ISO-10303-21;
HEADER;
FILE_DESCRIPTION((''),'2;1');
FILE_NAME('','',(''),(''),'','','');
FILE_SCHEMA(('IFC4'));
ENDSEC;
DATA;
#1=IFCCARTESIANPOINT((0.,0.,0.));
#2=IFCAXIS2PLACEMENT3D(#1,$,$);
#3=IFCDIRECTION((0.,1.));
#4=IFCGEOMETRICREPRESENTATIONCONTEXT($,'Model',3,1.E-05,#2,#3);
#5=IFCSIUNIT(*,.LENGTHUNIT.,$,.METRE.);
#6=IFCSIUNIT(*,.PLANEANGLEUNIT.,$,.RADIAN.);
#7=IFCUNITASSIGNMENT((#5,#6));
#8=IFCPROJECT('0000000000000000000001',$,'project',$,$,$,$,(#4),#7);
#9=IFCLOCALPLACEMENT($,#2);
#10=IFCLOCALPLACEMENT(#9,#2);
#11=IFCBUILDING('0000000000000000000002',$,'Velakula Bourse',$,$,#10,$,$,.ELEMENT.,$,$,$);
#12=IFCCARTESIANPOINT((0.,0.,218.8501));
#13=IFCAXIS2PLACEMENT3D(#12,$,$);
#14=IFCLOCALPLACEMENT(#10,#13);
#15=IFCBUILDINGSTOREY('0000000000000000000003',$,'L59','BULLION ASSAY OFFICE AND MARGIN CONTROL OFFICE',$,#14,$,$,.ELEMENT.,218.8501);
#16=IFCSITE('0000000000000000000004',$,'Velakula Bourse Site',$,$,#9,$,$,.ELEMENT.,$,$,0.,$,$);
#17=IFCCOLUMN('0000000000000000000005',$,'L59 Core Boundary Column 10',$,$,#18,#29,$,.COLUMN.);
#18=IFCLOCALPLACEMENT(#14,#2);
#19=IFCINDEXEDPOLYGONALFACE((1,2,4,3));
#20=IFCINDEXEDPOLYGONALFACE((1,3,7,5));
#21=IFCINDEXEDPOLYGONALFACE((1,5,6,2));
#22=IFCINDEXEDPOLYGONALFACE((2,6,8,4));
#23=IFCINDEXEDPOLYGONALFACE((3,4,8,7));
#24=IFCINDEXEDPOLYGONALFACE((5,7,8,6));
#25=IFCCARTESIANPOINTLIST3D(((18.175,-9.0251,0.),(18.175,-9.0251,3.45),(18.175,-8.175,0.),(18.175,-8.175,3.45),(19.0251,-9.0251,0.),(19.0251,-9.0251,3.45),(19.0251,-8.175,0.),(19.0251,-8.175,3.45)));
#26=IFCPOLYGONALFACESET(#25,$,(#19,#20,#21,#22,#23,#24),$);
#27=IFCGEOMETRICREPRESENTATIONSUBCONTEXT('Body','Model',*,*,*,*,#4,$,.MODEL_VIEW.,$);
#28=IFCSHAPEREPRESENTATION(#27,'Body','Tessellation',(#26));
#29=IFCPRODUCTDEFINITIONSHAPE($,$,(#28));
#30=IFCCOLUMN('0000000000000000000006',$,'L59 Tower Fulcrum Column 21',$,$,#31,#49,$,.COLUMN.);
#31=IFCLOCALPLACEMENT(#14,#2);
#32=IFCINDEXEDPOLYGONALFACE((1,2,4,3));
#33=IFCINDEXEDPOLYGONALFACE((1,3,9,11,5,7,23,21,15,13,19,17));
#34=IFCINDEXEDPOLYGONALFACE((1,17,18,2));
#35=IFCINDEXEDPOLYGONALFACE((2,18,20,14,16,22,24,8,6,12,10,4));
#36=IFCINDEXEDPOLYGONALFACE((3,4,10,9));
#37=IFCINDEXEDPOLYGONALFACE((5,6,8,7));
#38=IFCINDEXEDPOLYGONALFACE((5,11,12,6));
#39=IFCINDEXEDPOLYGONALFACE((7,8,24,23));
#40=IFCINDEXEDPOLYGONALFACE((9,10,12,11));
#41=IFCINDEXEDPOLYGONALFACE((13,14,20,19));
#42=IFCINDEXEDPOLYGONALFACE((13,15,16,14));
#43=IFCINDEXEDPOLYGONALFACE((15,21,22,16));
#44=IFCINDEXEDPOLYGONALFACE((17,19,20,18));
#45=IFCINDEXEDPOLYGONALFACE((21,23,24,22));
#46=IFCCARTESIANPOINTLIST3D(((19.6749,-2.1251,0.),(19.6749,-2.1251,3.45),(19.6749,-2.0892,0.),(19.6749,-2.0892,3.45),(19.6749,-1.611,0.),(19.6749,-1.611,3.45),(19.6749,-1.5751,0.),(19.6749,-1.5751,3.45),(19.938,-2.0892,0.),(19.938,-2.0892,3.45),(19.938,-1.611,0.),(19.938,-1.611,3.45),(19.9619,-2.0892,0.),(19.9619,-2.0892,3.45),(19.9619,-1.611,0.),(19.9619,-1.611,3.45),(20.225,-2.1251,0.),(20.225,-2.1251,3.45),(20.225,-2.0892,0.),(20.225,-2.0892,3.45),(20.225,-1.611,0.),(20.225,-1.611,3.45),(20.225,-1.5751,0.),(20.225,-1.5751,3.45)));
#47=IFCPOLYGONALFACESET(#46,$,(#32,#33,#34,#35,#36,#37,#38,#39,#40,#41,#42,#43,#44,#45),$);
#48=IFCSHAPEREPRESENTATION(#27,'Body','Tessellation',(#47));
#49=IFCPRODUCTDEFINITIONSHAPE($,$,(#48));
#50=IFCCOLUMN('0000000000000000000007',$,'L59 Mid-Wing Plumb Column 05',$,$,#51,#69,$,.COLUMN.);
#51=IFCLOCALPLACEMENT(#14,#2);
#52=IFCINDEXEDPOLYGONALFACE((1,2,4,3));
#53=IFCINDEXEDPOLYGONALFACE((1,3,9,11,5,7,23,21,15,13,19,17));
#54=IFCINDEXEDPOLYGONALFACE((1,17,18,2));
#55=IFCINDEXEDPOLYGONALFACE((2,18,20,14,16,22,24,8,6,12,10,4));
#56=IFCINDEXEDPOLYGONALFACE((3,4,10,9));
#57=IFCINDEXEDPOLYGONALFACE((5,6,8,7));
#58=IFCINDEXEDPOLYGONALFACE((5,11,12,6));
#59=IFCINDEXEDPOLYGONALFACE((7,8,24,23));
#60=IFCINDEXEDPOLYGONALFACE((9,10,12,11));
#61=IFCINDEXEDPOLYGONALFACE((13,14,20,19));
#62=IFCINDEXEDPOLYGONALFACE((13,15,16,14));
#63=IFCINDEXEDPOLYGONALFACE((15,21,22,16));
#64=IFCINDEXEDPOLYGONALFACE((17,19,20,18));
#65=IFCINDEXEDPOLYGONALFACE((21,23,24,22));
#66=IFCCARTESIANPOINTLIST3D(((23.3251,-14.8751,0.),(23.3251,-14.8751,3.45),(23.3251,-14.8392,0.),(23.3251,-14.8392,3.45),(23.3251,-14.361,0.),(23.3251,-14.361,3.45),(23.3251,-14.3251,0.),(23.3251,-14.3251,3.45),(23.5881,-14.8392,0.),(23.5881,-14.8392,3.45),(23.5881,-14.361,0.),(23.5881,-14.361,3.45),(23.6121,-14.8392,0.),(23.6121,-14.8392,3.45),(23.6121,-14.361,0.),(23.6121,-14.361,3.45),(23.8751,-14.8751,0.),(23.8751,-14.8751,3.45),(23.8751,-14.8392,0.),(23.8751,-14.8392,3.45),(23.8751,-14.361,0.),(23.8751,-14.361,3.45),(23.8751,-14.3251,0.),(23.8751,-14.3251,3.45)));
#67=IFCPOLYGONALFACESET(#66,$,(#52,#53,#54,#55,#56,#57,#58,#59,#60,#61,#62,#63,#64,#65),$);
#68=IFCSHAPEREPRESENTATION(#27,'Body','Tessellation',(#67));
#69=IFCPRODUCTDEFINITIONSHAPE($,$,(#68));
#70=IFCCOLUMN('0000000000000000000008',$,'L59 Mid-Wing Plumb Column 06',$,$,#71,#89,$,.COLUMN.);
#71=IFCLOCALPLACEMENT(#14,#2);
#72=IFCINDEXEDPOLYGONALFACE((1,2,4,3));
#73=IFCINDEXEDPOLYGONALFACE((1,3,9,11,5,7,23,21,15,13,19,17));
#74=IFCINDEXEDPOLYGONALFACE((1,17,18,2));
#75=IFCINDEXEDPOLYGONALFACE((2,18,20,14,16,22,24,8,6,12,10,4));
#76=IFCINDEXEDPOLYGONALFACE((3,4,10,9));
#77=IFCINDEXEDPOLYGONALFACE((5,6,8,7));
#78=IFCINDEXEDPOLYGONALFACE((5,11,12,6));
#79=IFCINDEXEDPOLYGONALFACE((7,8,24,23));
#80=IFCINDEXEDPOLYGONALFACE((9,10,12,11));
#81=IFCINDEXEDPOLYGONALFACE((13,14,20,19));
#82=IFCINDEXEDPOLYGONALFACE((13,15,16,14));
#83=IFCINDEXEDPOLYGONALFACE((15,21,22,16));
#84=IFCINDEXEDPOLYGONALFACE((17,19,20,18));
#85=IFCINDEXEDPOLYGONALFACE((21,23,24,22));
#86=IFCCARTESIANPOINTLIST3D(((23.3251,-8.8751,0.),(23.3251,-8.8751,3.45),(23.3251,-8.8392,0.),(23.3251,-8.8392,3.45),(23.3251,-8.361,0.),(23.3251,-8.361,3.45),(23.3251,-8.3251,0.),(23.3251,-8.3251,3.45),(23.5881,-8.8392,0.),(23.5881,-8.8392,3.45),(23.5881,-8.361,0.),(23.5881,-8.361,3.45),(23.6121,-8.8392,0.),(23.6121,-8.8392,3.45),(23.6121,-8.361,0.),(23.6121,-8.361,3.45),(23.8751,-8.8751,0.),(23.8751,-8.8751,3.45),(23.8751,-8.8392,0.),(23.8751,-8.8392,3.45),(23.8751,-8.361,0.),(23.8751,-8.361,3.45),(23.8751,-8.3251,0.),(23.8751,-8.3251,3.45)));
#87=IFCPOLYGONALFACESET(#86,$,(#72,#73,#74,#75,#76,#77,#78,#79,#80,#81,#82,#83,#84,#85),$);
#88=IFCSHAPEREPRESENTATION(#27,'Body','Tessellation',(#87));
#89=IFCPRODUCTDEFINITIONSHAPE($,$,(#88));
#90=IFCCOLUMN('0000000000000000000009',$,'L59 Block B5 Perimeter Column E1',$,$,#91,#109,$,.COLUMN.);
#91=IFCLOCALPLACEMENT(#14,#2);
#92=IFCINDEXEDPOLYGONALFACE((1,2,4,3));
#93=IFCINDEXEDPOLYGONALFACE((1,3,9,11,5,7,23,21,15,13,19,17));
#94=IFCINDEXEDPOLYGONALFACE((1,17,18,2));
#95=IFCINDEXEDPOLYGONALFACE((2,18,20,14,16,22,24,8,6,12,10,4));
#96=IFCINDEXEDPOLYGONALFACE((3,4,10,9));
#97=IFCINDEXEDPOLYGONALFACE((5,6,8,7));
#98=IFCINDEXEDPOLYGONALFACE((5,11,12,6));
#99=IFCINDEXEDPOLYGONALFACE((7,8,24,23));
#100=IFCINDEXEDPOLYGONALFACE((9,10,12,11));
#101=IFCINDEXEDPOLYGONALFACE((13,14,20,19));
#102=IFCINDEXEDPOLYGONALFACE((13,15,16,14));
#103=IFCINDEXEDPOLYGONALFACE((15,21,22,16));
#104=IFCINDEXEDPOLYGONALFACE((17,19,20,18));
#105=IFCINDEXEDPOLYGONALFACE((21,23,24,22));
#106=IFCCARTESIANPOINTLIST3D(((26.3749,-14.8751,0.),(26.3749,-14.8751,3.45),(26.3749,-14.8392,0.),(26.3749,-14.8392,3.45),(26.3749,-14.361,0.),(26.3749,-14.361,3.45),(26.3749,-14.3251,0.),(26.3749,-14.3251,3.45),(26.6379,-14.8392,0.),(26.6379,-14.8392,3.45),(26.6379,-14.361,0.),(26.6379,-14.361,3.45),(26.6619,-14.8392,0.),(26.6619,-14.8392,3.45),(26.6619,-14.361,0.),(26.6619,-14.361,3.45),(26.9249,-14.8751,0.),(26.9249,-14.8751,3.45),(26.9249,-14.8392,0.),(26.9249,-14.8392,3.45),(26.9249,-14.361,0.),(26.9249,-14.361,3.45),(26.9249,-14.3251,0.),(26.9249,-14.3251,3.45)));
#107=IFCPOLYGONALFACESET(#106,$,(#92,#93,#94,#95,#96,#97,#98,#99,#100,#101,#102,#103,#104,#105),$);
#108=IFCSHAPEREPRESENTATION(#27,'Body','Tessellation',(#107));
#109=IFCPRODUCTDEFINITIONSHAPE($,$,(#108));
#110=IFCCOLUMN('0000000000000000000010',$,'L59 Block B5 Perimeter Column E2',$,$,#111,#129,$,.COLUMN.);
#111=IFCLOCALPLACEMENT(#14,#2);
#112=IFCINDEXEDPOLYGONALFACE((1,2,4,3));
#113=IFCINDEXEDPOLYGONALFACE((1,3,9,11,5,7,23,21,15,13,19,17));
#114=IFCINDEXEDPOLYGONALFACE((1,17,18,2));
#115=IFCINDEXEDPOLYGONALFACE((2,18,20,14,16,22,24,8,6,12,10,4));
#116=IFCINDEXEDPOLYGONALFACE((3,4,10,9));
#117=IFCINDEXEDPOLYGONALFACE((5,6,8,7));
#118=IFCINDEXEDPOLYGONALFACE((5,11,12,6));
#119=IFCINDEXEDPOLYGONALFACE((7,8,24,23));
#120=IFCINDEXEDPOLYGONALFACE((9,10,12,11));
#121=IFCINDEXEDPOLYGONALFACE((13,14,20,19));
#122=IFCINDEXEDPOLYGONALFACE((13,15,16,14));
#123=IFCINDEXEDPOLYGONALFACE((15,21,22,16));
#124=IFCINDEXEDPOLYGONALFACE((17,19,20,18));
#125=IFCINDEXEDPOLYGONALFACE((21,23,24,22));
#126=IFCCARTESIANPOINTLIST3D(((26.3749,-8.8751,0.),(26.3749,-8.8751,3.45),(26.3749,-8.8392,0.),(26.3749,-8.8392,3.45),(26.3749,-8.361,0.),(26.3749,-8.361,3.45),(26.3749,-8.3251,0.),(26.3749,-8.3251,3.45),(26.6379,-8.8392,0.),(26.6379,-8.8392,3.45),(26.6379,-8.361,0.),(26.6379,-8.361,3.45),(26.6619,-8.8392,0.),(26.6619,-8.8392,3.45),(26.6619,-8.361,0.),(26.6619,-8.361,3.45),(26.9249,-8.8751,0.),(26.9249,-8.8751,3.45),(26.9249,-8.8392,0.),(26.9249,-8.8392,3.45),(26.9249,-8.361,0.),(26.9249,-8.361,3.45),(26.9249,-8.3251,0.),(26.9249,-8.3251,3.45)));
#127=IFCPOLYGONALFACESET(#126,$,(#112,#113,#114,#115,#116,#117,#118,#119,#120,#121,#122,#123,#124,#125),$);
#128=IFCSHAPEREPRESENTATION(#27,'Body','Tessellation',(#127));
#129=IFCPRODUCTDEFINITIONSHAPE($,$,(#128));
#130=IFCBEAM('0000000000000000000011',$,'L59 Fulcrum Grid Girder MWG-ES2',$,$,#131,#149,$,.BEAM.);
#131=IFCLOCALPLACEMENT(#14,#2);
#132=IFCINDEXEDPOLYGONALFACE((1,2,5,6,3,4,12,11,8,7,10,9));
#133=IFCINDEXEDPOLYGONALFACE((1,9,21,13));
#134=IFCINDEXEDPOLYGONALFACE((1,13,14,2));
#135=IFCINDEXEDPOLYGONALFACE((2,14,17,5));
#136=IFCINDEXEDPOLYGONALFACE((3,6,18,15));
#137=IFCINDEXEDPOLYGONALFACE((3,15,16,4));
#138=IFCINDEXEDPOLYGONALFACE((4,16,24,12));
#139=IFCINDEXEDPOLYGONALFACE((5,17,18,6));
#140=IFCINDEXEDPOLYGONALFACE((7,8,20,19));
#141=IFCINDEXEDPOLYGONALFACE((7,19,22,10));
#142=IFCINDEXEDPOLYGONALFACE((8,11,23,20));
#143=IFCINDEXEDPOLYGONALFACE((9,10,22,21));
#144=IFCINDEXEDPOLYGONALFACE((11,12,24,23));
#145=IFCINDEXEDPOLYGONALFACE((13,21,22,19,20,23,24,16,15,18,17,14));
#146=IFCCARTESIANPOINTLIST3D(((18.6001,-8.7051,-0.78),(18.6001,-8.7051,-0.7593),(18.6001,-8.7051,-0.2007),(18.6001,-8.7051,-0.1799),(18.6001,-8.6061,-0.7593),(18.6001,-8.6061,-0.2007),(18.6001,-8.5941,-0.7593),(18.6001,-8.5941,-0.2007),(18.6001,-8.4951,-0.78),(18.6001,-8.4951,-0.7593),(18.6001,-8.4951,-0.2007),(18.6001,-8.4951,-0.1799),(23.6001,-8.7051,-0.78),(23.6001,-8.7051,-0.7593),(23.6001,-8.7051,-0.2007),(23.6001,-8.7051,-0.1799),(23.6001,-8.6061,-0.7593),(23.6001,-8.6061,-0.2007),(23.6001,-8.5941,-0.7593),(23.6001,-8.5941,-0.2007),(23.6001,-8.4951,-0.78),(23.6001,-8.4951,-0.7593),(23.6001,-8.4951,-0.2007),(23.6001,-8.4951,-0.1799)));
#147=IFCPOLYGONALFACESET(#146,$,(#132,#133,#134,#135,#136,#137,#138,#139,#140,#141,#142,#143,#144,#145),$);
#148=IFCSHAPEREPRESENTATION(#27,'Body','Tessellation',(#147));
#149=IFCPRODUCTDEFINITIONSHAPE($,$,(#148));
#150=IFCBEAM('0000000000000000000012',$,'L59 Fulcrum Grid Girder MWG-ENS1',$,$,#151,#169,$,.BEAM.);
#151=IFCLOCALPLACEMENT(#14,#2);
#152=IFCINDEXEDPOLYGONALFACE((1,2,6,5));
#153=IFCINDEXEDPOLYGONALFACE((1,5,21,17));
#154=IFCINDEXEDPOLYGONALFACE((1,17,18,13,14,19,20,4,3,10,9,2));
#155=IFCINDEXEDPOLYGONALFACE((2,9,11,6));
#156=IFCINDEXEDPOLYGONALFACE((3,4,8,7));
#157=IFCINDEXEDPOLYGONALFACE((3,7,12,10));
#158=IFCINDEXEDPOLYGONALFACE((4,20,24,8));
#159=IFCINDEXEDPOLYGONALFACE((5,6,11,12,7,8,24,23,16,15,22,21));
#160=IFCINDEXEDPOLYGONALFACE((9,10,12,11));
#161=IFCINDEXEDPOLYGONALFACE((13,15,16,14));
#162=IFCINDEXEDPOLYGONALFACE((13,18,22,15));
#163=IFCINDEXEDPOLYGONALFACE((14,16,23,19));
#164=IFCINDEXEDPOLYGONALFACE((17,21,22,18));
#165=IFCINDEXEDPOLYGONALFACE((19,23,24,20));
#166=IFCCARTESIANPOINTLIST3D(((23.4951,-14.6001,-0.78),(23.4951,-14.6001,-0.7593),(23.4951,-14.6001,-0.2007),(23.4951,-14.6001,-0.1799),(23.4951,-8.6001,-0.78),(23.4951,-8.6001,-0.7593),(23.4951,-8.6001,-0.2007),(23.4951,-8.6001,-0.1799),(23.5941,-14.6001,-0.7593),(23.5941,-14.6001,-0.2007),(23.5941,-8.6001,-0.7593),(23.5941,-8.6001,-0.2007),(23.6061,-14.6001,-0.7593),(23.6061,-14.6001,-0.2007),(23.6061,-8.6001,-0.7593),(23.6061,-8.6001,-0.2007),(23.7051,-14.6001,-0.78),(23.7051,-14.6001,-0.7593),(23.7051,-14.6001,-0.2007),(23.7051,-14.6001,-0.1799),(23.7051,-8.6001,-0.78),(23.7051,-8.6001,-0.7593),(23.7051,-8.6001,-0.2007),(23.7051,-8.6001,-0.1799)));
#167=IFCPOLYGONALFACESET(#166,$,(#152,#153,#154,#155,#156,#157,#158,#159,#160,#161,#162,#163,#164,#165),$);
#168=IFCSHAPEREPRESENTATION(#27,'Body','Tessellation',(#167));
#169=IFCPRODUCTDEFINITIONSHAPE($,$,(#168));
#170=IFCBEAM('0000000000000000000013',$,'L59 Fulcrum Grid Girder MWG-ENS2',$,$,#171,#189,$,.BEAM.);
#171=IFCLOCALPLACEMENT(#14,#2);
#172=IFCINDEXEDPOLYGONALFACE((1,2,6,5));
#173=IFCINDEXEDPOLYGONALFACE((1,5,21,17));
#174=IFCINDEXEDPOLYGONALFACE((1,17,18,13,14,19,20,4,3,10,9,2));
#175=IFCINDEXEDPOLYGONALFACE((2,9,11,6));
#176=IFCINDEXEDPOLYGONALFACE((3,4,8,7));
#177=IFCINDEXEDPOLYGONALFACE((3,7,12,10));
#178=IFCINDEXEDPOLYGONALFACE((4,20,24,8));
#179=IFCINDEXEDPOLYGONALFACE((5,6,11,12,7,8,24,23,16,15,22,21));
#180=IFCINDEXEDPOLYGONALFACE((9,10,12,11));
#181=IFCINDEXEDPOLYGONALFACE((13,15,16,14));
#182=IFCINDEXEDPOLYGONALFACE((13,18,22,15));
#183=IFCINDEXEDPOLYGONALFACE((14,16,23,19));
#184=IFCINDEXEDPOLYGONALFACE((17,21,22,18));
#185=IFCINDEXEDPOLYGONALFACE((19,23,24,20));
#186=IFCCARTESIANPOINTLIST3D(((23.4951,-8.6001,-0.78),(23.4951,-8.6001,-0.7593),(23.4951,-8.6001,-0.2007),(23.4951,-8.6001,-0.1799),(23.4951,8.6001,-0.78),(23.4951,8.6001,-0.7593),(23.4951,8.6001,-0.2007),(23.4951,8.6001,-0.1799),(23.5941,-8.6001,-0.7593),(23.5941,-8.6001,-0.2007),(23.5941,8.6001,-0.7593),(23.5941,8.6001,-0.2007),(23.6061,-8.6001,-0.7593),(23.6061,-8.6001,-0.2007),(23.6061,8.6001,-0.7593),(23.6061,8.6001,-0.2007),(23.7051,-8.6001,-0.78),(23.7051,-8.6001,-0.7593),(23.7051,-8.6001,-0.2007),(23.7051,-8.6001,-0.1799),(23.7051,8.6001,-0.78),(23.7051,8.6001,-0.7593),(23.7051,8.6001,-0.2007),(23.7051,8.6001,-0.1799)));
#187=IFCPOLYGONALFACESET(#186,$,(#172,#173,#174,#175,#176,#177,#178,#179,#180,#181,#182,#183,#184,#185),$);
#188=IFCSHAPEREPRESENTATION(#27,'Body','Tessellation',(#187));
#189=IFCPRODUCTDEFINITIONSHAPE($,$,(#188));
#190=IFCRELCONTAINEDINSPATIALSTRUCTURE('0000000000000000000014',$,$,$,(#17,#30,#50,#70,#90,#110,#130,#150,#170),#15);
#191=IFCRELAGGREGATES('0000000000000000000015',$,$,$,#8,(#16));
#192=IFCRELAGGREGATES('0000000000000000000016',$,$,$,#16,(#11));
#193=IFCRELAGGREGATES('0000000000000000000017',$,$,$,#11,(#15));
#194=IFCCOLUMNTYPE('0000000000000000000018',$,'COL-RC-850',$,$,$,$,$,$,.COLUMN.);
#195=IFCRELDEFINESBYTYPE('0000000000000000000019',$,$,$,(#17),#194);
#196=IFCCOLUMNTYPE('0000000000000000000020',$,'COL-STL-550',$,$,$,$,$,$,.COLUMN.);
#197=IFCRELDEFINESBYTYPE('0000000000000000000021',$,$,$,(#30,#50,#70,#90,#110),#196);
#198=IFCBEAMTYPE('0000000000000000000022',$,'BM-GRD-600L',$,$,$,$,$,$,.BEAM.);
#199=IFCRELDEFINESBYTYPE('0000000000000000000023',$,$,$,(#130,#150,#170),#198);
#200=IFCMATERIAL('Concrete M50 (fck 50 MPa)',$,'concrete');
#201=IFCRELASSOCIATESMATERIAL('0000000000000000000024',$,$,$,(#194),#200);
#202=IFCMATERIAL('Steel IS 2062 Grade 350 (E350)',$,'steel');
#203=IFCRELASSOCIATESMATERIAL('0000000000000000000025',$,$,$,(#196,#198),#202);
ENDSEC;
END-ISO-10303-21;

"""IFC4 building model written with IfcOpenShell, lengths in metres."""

from ifc_helpers import new_model, si_unit, direction, frame, origin, origin_2d, place, context, subcontext, project, spatial, rectangle, i_section, extrude, material, material_profile, profile_set, type_object, element, save


model = new_model("IFC4")

# Units and contexts
model_context = context("Model", 3, precision=1e-05, world=origin(), true_north=direction((0.0, 1.0)))
body_context = subcontext(model_context, "Body", "Model", "MODEL_VIEW")
ifc_project = project(units=[si_unit("LENGTHUNIT", "METRE"), si_unit("PLANEANGLEUNIT", "RADIAN")], contexts=[model_context])

# Site, building, storey
site_placement = place(None, origin())
site = spatial("IfcSite", under=ifc_project, at=site_placement, Name="Velakula Bourse Site", CompositionType="ELEMENT", RefElevation=0.0)
building_placement = place(site_placement, origin())
building = spatial("IfcBuilding", under=site, at=building_placement, Name="Velakula Bourse", CompositionType="ELEMENT")
storey_placement = place(building_placement, frame((0.0, 0.0, 218.8501)))
storey = spatial("IfcBuildingStorey", under=building, at=storey_placement, Name="L59", Description="BULLION ASSAY OFFICE AND MARGIN CONTROL OFFICE", CompositionType="ELEMENT", Elevation=218.8501)

# Columns
ifc_material_1 = material(Name="Concrete M50 (fck 50 MPa)", Category="concrete")
ifc_material_profile_1 = material_profile(ifc_material_1, rectangle(XDim=0.8501, YDim=0.8501, at=origin_2d()), Name="Concrete M50 (fck 50 MPa)")
ifc_profile_set_1 = profile_set([ifc_material_profile_1], Name="Concrete M50 (fck 50 MPa)")
column_type_1 = type_object("IfcColumnType", Name="COL-RC-850", PredefinedType="COLUMN", material=ifc_profile_set_1)
column_placement = place(storey_placement, frame((18.6001, -8.6001, 0.0), z_axis=(0.0, 0.0, 1.0), x_axis=(1.0, 0.0, 0.0)))
element("IfcColumn", 1, at=column_placement, inside=storey, type_object=column_type_1, Name="L59 Core Boundary Column 10", PredefinedType="COLUMN", context=body_context, shape_type="SweptSolid", body=[
    extrude(rectangle(XDim=0.8501, YDim=0.8501, at=origin_2d()), origin(), (0.0, 0.0, 1.0), 3.45),
])
ifc_material_2 = material(Name="Steel IS 2062 Grade 350 (E350)", Category="steel")
ifc_material_profile_2 = material_profile(ifc_material_2, i_section(OverallWidth=0.55, OverallDepth=0.55, WebThickness=0.0239, FlangeThickness=0.0359, at=origin_2d()), Name="Steel IS 2062 Grade 350 (E350)")
ifc_profile_set_2 = profile_set([ifc_material_profile_2], Name="Steel IS 2062 Grade 350 (E350)")
column_type_2 = type_object("IfcColumnType", Name="COL-STL-550", PredefinedType="COLUMN", material=ifc_profile_set_2)
for number, where, z_axis, x_axis, name in (
    (2, (19.95, -1.8501, 0.0), (0.0, 0.0, 1.0), (1.0, 0.0, 0.0), "L59 Tower Fulcrum Column 21"),
    (3, (23.6001, -14.6001, 0.0), (0.0, 0.0, 1.0), (1.0, 0.0, 0.0), "L59 Mid-Wing Plumb Column 05"),
    (4, (23.6001, -8.6001, 0.0), (0.0, 0.0, 1.0), (1.0, 0.0, 0.0), "L59 Mid-Wing Plumb Column 06"),
    (5, (26.6499, -14.6001, 0.0), (0.0, 0.0, 1.0), (1.0, 0.0, 0.0), "L59 Block B5 Perimeter Column E1"),
    (6, (26.6499, -8.6001, 0.0), (0.0, 0.0, 1.0), (1.0, 0.0, 0.0), "L59 Block B5 Perimeter Column E2"),
):
    element("IfcColumn", number, at=place(storey_placement, frame(where, z_axis=z_axis, x_axis=x_axis)), inside=storey, type_object=column_type_2, Name=name, PredefinedType="COLUMN", context=body_context, shape_type="SweptSolid", body=[
        extrude(i_section(OverallWidth=0.55, OverallDepth=0.55, WebThickness=0.0239, FlangeThickness=0.0359, at=origin_2d()), origin(), (0.0, 0.0, 1.0), 3.45),
    ])

# Beams
ifc_material_profile_3 = material_profile(ifc_material_2, i_section(OverallWidth=0.21, OverallDepth=0.6001, WebThickness=0.012, FlangeThickness=0.0208, at=origin_2d()), Name="Steel IS 2062 Grade 350 (E350)")
ifc_profile_set_3 = profile_set([ifc_material_profile_3], Name="Steel IS 2062 Grade 350 (E350)")
beam_type_1 = type_object("IfcBeamType", Name="BM-GRD-600L", PredefinedType="BEAM", material=ifc_profile_set_3)
beam_1_placement = place(storey_placement, frame((18.6001, -8.6001, -0.48), z_axis=(1.0, 0.0, 0.0), x_axis=(0.0, 1.0, 0.0)))
element("IfcBeam", 7, at=beam_1_placement, inside=storey, type_object=beam_type_1, Name="L59 Fulcrum Grid Girder MWG-ES2", PredefinedType="BEAM", context=body_context, shape_type="SweptSolid", body=[
    extrude(i_section(OverallWidth=0.21, OverallDepth=0.6001, WebThickness=0.012, FlangeThickness=0.0208, at=origin_2d()), origin(), (0.0, 0.0, 1.0), 5.0),
])
beam_2_placement = place(storey_placement, frame((23.6001, -14.6001, -0.48), z_axis=(0.0, 1.0, 0.0), x_axis=(-1.0, 0.0, 0.0)))
element("IfcBeam", 8, at=beam_2_placement, inside=storey, type_object=beam_type_1, Name="L59 Fulcrum Grid Girder MWG-ENS1", PredefinedType="BEAM", context=body_context, shape_type="SweptSolid", body=[
    extrude(i_section(OverallWidth=0.21, OverallDepth=0.6001, WebThickness=0.012, FlangeThickness=0.0208, at=origin_2d()), origin(), (0.0, 0.0, 1.0), 6.0),
])
beam_3_placement = place(storey_placement, frame((23.6001, -8.6001, -0.48), z_axis=(0.0, 1.0, 0.0), x_axis=(-1.0, 0.0, 0.0)))
element("IfcBeam", 9, at=beam_3_placement, inside=storey, type_object=beam_type_1, Name="L59 Fulcrum Grid Girder MWG-ENS2", PredefinedType="BEAM", context=body_context, shape_type="SweptSolid", body=[
    extrude(i_section(OverallWidth=0.21, OverallDepth=0.6001, WebThickness=0.012, FlangeThickness=0.0208, at=origin_2d()), origin(), (0.0, 0.0, 1.0), 17.2002),
])

save(model, "model.ifc")
